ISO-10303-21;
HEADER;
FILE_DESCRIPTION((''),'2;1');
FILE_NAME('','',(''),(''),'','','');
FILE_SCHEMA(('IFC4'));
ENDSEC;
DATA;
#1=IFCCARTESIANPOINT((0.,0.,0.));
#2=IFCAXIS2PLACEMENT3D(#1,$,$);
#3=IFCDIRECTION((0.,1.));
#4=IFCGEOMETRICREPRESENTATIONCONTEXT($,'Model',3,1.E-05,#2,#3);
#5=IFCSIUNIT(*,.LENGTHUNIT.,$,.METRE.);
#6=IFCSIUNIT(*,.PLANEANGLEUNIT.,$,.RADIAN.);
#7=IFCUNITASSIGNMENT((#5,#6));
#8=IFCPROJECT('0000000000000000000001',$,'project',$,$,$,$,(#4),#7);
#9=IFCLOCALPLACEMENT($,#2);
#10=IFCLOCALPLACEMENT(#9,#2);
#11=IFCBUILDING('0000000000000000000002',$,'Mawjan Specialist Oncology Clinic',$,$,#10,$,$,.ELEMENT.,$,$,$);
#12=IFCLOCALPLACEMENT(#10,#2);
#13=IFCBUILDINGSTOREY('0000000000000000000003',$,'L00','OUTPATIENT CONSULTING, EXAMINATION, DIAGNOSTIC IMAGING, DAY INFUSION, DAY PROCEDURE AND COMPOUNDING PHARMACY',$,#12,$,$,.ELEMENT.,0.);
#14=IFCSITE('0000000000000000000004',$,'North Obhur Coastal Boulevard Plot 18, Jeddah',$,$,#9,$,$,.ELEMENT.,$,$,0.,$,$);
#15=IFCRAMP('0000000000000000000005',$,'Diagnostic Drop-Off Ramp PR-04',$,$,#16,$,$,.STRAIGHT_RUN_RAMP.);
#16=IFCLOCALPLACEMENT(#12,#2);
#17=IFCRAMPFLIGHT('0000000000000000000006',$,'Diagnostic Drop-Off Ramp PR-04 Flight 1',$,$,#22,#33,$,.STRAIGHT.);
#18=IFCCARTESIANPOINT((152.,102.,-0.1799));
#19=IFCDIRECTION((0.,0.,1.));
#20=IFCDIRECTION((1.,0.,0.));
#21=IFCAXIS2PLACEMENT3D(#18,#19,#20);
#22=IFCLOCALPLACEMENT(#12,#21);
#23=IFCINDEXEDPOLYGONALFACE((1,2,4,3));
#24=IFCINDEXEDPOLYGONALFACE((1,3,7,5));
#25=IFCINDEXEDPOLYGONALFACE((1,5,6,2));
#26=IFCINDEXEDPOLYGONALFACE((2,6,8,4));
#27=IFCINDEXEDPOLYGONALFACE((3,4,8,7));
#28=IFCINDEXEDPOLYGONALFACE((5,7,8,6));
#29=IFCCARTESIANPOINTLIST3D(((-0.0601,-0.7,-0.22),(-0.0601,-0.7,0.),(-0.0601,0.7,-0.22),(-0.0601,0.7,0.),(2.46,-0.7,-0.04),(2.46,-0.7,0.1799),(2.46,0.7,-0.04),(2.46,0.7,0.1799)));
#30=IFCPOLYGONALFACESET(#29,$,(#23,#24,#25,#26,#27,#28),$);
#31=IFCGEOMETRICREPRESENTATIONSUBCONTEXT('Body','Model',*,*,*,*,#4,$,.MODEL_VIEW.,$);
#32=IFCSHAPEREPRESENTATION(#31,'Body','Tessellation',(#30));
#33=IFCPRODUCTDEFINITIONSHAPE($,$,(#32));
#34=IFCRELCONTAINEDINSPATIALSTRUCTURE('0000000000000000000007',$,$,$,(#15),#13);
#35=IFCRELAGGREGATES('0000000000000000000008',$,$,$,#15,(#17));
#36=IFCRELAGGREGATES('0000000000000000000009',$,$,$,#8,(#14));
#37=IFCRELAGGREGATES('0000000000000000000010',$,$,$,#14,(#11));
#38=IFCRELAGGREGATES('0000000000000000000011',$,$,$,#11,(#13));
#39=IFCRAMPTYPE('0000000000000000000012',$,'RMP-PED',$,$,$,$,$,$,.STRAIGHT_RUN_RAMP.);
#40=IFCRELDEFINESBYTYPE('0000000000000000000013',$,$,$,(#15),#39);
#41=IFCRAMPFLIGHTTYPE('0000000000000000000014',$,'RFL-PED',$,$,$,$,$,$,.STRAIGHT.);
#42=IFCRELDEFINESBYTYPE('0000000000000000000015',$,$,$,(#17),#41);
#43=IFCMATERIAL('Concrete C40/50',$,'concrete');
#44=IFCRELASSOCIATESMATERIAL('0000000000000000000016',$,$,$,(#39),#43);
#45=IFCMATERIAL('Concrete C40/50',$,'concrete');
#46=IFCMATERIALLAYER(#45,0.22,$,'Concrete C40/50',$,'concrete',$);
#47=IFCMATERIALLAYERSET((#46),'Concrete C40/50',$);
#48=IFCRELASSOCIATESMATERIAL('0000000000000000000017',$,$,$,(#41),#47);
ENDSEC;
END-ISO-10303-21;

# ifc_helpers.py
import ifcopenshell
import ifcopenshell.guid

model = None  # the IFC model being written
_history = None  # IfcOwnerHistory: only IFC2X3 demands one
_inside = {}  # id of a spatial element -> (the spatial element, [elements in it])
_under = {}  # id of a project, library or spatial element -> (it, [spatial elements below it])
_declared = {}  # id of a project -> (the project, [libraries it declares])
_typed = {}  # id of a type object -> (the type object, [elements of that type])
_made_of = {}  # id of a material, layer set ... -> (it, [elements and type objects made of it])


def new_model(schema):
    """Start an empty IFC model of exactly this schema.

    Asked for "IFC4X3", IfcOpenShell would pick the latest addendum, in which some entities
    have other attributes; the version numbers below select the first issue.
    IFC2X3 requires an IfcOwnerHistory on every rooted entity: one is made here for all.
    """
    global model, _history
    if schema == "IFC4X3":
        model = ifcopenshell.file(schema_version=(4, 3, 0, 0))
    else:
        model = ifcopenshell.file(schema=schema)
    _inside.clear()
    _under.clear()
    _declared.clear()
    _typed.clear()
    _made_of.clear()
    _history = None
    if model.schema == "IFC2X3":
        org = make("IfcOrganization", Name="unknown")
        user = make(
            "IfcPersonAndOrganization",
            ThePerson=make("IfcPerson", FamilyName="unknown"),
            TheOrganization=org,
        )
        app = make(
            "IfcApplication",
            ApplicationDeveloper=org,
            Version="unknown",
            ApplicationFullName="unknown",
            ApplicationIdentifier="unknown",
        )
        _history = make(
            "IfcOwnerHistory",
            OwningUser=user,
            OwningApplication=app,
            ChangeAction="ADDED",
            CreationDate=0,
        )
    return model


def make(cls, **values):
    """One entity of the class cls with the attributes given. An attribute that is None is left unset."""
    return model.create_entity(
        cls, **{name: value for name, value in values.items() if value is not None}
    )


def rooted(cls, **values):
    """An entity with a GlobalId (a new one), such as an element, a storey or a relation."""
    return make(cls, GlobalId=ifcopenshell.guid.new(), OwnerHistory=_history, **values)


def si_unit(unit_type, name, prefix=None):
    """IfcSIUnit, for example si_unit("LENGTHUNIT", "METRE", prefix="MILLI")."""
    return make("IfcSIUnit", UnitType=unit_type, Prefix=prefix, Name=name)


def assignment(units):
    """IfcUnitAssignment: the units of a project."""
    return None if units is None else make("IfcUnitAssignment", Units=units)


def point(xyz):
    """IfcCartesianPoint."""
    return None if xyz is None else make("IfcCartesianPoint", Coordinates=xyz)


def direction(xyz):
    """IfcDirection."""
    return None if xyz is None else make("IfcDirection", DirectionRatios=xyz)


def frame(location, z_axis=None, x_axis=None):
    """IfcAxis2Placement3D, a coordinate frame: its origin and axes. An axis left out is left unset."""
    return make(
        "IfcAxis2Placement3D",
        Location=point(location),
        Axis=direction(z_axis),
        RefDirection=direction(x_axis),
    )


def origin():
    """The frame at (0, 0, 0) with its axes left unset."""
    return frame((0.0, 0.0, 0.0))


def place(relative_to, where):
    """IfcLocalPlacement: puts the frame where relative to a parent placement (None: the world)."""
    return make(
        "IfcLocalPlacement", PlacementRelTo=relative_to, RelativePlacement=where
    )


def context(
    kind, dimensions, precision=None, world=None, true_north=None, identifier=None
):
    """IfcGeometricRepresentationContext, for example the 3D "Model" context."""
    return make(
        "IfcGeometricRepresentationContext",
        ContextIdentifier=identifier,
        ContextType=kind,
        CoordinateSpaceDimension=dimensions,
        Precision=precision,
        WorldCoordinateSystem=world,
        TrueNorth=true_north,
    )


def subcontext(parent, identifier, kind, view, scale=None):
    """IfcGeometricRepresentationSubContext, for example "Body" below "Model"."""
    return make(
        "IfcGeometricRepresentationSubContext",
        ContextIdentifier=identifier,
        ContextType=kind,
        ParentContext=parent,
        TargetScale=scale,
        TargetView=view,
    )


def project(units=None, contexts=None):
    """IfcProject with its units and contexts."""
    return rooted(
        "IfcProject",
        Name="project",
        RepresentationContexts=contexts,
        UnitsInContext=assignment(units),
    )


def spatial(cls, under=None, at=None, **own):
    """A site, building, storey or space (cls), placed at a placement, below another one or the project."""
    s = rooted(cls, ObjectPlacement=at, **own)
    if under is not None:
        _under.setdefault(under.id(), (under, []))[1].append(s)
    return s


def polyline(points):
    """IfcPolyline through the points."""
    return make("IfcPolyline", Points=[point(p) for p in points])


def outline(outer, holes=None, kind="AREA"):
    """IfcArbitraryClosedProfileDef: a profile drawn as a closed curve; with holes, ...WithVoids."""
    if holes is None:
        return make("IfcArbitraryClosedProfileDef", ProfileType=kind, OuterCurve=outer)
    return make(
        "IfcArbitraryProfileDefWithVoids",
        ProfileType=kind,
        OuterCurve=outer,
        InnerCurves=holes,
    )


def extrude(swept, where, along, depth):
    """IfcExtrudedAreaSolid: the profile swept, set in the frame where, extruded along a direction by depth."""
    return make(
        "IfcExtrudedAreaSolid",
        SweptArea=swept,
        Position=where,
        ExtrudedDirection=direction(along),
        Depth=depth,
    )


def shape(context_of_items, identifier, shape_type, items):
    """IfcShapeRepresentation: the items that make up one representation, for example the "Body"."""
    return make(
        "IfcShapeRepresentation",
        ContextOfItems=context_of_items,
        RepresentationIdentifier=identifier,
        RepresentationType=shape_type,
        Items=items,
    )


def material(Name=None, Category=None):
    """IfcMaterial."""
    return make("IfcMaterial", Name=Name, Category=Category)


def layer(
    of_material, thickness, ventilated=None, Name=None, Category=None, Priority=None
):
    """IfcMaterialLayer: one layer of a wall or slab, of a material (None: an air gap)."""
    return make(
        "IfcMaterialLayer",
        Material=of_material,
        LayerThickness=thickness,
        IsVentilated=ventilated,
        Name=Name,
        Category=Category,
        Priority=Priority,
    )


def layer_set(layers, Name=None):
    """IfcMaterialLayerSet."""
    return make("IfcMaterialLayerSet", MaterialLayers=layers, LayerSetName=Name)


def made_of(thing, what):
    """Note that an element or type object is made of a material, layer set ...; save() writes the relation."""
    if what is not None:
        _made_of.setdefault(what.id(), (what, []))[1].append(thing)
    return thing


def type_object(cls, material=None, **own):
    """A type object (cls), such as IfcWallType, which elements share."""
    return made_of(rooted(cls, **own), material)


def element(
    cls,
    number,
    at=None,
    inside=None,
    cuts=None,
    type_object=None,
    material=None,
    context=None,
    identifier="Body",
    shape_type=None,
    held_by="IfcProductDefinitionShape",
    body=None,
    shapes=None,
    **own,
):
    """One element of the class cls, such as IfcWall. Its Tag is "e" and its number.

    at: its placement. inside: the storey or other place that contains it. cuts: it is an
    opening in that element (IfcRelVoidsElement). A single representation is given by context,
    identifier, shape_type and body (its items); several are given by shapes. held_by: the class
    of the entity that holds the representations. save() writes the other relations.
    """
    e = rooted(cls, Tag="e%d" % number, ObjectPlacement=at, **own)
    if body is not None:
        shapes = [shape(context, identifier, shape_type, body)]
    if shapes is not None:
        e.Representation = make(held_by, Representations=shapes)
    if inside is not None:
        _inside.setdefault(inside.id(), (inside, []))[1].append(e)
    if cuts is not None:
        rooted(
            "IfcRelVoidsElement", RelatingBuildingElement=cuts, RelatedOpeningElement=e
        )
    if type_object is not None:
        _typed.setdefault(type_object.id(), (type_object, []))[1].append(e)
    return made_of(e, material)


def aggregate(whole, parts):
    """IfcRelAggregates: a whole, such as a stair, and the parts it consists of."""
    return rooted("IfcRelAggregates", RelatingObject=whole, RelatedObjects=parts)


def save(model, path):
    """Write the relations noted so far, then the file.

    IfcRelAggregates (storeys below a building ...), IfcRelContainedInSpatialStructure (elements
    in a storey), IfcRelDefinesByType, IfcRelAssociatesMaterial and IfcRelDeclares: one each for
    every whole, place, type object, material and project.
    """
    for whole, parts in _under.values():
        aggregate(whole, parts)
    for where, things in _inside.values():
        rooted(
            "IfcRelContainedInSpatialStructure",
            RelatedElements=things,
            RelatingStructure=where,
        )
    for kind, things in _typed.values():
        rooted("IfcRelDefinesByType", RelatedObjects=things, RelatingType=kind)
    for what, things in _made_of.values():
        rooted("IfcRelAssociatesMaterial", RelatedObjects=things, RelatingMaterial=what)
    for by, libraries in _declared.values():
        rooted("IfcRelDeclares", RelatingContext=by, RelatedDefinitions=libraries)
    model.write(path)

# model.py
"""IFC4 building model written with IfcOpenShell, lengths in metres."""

from ifc_helpers import new_model, si_unit, direction, frame, origin, place, context, subcontext, project, spatial, polyline, outline, extrude, material, layer, layer_set, type_object, element, aggregate, save


model = new_model("IFC4")

# Units and contexts
model_context = context("Model", 3, precision=1e-05, world=origin(), true_north=direction((0.0, 1.0)))
body_context = subcontext(model_context, "Body", "Model", "MODEL_VIEW")
ifc_project = project(units=[si_unit("LENGTHUNIT", "METRE"), si_unit("PLANEANGLEUNIT", "RADIAN")], contexts=[model_context])

# Site, building, storey
site_placement = place(None, origin())
site = spatial("IfcSite", under=ifc_project, at=site_placement, Name="North Obhur Coastal Boulevard Plot 18, Jeddah", CompositionType="ELEMENT", RefElevation=0.0)
building_placement = place(site_placement, origin())
building = spatial("IfcBuilding", under=site, at=building_placement, Name="Mawjan Specialist Oncology Clinic", CompositionType="ELEMENT")
storey_placement = place(building_placement, origin())
storey = spatial("IfcBuildingStorey", under=building, at=storey_placement, Name="L00", Description="OUTPATIENT CONSULTING, EXAMINATION, DIAGNOSTIC IMAGING, DAY INFUSION, DAY PROCEDURE AND COMPOUNDING PHARMACY", CompositionType="ELEMENT", Elevation=0.0)

# Ramp, ramp flight
ifc_material_1 = material(Name="Concrete C40/50", Category="concrete")
ramp_type = type_object("IfcRampType", Name="RMP-PED", PredefinedType="STRAIGHT_RUN_RAMP", material=ifc_material_1)
ramp_placement = place(storey_placement, origin())
ramp = element("IfcRamp", 1, at=ramp_placement, inside=storey, type_object=ramp_type, Name="Diagnostic Drop-Off Ramp PR-04", PredefinedType="STRAIGHT_RUN_RAMP")
ifc_material_2 = material(Name="Concrete C40/50", Category="concrete")
ifc_layer_1 = layer(ifc_material_2, 0.22, Name="Concrete C40/50", Category="concrete")
ifc_layer_set_1 = layer_set([ifc_layer_1], Name="Concrete C40/50")
ramp_flight_type = type_object("IfcRampFlightType", Name="RFL-PED", PredefinedType="STRAIGHT", material=ifc_layer_set_1)
ramp_flight_placement = place(storey_placement, frame((152.0, 102.0, -0.1799), z_axis=(0.0, 0.0, 1.0), x_axis=(1.0, 0.0, 0.0)))
ramp_flight = element("IfcRampFlight", 2, at=ramp_flight_placement, type_object=ramp_flight_type, Name="Diagnostic Drop-Off Ramp PR-04 Flight 1", PredefinedType="STRAIGHT", context=body_context, shape_type="SweptSolid", body=[
    extrude(outline(polyline([(-0.0601, -0.22), (2.46, -0.04), (2.46, 0.1799), (-0.0601, 0.0), (-0.0601, -0.22)])), frame((0.0, 0.7, 0.0), z_axis=(0.0, -1.0, 0.0), x_axis=(1.0, 0.0, 0.0)), (0.0, 0.0, 1.0), 1.3999),
])
aggregate(ramp, [ramp_flight])

save(model, "model.ifc")
